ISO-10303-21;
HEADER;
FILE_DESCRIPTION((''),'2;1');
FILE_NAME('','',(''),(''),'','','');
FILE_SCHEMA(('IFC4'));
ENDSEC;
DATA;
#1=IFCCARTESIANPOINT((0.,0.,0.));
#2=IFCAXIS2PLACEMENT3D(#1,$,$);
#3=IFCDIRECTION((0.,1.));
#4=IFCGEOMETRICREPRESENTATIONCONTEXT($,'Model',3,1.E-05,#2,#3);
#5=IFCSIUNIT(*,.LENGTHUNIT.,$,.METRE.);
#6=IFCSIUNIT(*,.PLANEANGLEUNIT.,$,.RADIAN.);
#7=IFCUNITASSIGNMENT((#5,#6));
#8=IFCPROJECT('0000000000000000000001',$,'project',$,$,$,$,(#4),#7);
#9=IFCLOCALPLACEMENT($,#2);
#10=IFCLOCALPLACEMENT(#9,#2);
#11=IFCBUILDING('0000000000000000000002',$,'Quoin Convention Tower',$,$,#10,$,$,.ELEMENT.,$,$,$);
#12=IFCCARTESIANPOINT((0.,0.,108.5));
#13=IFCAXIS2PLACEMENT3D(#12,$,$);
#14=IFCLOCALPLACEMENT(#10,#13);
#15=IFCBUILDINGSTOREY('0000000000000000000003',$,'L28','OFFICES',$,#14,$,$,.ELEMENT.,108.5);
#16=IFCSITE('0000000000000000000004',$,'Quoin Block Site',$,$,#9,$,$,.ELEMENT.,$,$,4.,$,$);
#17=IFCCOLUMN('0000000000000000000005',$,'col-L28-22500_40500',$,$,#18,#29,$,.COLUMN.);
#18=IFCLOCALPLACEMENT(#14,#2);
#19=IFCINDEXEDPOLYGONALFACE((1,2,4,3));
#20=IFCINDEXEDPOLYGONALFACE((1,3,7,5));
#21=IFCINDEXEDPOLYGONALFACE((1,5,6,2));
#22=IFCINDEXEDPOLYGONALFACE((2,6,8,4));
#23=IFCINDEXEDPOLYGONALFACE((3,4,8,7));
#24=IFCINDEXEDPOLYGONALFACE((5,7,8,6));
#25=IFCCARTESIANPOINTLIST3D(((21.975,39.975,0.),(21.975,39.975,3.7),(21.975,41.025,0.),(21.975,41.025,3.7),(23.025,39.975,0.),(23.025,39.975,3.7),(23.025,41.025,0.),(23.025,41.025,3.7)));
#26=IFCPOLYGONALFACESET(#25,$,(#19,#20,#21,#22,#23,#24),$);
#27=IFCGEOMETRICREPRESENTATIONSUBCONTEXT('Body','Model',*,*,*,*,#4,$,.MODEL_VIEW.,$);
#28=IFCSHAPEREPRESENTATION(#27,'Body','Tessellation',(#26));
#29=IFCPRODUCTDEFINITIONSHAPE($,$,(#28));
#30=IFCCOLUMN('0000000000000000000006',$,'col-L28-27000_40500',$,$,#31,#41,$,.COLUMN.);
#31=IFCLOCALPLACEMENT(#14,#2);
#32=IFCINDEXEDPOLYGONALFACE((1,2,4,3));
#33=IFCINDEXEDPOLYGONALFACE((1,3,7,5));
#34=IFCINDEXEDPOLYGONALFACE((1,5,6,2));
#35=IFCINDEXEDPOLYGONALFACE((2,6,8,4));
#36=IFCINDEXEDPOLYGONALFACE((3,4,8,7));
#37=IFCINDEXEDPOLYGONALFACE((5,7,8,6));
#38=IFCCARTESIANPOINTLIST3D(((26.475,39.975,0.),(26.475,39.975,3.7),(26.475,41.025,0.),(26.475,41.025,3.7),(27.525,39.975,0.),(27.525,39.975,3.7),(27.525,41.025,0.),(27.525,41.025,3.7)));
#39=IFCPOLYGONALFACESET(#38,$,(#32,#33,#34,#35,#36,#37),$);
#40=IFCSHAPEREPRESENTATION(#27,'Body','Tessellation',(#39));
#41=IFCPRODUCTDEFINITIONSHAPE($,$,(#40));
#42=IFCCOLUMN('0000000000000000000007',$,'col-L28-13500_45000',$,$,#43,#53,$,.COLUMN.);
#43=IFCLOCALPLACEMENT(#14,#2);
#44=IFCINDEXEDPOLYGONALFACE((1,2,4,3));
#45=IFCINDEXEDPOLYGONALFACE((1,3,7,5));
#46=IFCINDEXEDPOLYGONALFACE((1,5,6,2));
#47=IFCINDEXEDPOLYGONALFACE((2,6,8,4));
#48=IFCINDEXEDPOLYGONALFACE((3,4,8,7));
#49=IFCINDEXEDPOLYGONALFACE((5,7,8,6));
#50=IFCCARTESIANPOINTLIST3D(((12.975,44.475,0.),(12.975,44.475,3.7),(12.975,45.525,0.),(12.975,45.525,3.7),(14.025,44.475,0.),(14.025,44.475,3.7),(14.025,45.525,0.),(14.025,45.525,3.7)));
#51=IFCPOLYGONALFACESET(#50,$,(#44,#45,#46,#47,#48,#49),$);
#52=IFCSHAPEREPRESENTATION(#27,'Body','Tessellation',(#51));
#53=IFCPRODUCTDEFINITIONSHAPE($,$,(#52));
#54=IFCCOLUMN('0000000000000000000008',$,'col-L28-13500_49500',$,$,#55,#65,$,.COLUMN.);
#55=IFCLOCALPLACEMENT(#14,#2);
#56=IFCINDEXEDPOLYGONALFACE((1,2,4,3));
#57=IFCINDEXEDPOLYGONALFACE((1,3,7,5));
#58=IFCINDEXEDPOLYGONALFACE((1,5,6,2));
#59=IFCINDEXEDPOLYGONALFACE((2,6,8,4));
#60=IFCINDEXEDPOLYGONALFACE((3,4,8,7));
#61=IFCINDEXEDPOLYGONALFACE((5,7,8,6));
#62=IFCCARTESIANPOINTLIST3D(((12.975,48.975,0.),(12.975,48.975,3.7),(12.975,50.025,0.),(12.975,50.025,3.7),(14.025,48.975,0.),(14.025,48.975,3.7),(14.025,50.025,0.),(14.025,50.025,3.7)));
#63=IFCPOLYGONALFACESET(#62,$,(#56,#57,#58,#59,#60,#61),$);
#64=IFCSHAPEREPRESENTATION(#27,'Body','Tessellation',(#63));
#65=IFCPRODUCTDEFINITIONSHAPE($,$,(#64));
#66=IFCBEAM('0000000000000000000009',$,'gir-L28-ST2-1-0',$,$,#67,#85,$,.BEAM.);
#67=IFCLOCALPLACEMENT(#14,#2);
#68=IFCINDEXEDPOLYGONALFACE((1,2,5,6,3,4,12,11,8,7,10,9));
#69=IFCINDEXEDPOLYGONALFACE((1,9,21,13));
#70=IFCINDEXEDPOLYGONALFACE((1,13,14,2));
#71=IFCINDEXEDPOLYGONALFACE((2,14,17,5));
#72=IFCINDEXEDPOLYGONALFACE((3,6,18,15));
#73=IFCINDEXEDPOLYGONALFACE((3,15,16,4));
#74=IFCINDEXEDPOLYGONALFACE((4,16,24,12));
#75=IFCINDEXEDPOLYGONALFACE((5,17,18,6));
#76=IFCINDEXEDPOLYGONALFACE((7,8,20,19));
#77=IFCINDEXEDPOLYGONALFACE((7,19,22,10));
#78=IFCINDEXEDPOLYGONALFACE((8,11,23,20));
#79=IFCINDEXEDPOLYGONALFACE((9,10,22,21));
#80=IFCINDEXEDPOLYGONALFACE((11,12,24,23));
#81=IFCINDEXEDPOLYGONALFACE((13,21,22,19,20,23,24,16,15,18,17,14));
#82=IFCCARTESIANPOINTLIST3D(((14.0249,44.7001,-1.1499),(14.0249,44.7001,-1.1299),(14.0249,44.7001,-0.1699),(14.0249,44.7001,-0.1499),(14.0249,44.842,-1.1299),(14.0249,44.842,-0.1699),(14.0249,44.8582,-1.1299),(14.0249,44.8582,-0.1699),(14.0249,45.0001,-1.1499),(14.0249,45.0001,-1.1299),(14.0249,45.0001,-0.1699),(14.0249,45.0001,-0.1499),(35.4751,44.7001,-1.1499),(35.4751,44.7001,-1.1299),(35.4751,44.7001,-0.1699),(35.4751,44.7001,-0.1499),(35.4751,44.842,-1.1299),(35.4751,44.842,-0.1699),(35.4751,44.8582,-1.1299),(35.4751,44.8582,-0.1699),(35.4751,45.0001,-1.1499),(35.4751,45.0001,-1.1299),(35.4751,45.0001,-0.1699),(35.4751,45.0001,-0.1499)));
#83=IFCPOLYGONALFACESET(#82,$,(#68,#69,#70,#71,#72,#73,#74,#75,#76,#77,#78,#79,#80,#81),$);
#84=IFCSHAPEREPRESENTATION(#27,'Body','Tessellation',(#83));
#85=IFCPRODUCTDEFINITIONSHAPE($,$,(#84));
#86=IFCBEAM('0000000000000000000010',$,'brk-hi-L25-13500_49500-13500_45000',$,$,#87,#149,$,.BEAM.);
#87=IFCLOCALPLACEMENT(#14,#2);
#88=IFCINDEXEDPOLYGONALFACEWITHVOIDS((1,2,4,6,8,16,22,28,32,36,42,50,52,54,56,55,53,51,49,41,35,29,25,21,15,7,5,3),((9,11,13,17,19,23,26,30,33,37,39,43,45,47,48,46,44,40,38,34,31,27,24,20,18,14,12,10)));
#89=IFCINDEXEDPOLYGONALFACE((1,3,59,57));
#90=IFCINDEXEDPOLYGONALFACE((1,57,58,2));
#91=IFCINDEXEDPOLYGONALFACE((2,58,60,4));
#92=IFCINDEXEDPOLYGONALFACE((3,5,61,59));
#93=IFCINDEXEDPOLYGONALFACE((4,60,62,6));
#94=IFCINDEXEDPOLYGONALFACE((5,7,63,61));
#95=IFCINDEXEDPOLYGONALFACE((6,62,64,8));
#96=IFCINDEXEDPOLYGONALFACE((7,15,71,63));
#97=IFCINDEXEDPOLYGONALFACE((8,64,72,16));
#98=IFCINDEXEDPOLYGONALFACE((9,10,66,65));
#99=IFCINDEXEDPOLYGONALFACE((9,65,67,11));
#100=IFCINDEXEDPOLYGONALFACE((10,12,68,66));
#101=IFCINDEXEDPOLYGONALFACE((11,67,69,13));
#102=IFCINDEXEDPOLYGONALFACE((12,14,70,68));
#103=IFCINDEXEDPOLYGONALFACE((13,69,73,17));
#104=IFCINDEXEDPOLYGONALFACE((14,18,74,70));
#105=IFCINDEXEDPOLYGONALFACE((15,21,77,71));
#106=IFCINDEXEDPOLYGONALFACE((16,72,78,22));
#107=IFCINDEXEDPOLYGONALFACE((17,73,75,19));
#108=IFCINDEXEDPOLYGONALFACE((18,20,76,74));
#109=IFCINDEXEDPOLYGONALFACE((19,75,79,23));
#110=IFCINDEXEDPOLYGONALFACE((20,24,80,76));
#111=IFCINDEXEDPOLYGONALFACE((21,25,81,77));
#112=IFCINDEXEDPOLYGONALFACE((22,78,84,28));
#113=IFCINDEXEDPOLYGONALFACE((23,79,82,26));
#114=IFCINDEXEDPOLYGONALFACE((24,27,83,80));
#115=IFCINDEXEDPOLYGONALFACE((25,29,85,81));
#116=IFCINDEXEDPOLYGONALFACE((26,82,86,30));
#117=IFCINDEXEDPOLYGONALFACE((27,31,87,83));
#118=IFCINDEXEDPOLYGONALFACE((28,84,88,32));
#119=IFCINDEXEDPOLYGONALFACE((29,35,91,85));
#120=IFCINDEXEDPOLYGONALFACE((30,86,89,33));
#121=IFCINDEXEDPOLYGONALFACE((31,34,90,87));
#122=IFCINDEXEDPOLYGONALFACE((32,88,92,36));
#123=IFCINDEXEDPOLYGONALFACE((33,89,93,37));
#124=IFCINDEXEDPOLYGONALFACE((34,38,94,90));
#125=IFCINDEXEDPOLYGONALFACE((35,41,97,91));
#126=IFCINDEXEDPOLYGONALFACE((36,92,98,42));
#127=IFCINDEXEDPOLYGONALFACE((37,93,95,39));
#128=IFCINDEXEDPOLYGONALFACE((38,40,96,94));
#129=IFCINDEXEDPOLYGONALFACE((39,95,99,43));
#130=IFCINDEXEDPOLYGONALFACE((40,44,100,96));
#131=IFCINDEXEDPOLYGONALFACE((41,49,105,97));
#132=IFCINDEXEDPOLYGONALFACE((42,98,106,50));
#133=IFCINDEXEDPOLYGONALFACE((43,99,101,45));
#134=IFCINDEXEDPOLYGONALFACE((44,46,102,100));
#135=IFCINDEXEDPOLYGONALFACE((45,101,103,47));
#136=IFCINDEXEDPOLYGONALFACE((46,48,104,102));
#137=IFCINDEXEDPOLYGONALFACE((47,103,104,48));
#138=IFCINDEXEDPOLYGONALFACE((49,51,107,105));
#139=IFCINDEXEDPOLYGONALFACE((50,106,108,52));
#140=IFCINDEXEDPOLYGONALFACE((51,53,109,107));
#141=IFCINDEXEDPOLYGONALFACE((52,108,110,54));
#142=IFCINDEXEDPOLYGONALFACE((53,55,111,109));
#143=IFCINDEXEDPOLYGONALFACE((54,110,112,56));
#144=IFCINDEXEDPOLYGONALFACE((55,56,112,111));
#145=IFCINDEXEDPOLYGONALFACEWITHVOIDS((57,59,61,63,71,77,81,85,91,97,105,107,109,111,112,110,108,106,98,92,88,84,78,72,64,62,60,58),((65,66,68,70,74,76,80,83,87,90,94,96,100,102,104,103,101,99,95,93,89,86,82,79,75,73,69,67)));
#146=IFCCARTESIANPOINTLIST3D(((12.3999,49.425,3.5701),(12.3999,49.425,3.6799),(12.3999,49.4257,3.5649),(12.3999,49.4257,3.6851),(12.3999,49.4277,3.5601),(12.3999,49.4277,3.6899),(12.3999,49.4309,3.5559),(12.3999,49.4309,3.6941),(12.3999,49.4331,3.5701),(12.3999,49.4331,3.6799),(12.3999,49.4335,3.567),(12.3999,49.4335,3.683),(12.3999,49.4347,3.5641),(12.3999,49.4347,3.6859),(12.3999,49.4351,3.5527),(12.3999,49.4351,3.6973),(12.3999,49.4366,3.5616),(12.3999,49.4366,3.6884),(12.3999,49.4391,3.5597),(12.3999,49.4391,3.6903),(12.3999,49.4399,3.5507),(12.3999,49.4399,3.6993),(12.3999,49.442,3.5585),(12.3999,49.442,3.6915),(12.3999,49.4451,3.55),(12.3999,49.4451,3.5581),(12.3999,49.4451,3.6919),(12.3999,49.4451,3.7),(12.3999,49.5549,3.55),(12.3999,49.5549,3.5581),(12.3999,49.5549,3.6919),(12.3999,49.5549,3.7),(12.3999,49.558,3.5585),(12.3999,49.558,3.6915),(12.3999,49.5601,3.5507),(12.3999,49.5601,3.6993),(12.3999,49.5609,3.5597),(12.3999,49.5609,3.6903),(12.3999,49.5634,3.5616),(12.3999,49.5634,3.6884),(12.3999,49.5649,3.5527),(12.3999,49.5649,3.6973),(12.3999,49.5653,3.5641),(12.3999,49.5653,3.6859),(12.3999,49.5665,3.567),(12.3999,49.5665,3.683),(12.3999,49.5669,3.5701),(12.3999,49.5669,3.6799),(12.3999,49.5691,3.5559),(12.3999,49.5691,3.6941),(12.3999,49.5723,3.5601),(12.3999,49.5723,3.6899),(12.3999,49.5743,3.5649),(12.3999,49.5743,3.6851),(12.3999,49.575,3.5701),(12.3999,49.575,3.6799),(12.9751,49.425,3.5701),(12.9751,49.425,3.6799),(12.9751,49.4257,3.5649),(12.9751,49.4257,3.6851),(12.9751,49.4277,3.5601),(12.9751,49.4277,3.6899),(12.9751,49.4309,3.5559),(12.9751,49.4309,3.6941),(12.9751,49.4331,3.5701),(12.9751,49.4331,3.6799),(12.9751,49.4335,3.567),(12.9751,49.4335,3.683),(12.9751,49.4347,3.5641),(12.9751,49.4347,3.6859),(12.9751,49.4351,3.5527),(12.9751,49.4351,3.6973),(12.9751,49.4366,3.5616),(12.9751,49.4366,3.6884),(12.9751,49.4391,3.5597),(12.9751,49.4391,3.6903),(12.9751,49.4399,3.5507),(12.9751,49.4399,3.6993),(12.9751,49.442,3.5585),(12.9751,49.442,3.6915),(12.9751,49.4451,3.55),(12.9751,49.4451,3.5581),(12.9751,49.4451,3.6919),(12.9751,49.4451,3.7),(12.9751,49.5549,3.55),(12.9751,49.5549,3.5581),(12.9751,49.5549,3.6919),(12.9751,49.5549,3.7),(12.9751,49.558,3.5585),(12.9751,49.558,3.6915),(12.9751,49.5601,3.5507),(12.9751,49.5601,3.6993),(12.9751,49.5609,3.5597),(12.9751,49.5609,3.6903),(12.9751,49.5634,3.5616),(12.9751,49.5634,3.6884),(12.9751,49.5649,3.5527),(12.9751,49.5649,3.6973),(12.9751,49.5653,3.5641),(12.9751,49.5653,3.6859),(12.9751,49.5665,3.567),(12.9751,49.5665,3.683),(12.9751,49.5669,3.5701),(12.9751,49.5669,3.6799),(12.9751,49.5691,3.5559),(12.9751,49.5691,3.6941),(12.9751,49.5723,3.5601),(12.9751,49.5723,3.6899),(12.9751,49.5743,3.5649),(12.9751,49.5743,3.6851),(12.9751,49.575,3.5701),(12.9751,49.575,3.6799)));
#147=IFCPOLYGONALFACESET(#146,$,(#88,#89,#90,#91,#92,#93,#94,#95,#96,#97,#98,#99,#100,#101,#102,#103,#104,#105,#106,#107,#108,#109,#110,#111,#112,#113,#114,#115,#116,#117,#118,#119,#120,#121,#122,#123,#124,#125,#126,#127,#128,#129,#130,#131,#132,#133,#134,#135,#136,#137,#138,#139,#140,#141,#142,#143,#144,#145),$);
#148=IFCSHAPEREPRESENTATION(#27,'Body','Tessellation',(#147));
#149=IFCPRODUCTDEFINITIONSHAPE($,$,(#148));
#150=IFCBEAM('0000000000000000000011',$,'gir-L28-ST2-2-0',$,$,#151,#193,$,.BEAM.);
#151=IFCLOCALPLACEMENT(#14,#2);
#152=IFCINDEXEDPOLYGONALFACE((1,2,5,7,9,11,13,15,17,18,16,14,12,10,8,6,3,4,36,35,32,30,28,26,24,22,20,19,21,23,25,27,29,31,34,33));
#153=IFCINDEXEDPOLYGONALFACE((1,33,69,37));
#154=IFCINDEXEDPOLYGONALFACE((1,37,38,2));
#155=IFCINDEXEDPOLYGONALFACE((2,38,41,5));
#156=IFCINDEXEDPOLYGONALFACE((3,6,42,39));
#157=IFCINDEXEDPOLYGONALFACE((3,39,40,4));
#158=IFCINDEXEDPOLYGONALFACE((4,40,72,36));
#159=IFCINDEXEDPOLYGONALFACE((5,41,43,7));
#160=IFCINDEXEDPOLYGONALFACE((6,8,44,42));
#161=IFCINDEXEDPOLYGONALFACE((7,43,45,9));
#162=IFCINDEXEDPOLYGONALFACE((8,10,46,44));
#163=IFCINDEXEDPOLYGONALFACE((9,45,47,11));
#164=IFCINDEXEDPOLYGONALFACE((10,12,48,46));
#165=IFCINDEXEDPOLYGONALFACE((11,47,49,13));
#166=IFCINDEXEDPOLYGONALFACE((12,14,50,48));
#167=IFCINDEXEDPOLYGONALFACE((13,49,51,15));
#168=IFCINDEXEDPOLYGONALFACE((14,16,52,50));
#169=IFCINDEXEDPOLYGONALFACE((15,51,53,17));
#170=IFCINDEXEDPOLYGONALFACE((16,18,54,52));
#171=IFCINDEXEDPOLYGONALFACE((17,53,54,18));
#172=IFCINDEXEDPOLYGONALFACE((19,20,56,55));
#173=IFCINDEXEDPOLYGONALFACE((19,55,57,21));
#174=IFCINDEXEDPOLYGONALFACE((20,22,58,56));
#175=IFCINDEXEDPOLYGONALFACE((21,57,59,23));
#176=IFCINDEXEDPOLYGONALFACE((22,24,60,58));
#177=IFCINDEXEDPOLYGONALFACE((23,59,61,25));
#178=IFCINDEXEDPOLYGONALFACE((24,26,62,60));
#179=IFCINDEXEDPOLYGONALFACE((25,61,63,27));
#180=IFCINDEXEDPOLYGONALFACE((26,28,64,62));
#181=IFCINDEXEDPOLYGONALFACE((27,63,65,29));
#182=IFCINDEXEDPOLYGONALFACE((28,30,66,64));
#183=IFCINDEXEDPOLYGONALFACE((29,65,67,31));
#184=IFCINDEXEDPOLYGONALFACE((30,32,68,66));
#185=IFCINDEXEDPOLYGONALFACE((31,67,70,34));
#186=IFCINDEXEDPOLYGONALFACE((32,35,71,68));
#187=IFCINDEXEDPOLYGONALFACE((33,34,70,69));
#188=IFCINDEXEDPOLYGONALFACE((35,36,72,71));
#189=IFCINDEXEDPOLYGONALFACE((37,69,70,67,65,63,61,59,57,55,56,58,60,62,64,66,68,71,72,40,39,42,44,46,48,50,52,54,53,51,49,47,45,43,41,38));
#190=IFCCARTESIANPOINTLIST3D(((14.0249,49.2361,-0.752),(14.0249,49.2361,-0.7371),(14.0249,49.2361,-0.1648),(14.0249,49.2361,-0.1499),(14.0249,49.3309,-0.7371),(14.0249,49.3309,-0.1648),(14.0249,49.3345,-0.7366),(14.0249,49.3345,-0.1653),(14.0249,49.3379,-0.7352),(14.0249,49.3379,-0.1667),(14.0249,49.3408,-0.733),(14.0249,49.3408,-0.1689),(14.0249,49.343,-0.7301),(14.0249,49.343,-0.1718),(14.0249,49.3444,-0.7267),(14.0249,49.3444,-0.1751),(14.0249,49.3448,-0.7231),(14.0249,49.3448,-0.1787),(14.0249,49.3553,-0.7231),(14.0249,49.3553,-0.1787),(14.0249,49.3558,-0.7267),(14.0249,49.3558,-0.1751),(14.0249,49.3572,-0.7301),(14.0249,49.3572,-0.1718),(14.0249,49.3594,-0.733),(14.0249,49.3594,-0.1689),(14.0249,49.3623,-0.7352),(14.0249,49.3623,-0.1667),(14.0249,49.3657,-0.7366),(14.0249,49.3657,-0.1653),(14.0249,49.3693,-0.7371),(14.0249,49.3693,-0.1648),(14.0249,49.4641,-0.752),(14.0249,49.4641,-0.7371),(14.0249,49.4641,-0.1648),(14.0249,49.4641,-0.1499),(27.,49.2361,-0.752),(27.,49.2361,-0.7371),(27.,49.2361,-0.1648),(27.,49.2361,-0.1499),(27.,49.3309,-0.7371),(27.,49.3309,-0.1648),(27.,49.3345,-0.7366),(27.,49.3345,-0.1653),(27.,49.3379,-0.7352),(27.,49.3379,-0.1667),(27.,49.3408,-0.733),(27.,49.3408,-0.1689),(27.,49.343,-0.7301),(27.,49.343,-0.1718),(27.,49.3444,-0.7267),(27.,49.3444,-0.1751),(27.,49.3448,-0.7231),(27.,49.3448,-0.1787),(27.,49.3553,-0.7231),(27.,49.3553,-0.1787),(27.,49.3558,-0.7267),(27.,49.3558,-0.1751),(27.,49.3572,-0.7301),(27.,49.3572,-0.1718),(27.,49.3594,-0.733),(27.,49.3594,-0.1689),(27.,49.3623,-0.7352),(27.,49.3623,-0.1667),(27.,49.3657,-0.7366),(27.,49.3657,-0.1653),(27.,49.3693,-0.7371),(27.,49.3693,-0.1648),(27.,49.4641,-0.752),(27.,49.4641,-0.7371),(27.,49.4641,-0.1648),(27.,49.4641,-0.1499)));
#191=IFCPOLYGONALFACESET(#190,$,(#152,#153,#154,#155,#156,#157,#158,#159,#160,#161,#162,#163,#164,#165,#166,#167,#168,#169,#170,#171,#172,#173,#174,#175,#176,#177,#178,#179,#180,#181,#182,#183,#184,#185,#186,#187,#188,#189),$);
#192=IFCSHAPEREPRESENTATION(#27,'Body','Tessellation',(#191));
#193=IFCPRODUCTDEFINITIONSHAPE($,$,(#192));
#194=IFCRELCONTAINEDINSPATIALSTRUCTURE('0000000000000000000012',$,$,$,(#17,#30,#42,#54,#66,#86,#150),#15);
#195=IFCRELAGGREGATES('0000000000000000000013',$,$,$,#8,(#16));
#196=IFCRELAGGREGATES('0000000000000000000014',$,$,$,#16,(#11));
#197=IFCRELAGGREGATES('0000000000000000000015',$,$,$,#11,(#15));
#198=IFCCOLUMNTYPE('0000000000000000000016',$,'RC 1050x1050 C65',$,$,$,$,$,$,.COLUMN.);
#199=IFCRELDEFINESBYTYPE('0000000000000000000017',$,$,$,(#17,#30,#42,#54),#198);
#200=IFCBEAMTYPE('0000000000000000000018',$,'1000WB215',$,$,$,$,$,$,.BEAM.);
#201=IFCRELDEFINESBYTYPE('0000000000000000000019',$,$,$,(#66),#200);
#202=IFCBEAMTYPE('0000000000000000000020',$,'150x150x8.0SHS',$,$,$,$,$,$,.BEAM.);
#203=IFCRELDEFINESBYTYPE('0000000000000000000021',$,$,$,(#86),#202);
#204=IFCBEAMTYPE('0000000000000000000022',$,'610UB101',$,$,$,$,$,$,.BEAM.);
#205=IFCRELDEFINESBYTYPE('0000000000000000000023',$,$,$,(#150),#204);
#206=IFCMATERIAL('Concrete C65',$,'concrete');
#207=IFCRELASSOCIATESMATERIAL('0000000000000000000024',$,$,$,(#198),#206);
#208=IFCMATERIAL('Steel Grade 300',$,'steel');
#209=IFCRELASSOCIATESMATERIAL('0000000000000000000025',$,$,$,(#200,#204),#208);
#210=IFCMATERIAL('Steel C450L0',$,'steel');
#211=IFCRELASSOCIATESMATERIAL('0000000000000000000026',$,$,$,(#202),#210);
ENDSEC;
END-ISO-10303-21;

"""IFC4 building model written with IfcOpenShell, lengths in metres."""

from ifc_helpers import new_model, si_unit, direction, frame, origin, origin_2d, place, context, subcontext, project, spatial, rectangle, hollow_rectangle, i_section, extrude, material, material_profile, profile_set, type_object, element, save


model = new_model("IFC4")

# Units and contexts
model_context = context("Model", 3, precision=1e-05, world=origin(), true_north=direction((0.0, 1.0)))
body_context = subcontext(model_context, "Body", "Model", "MODEL_VIEW")
ifc_project = project(units=[si_unit("LENGTHUNIT", "METRE"), si_unit("PLANEANGLEUNIT", "RADIAN")], contexts=[model_context])

# Site, building, storey
site_placement = place(None, origin())
site = spatial("IfcSite", under=ifc_project, at=site_placement, Name="Quoin Block Site", CompositionType="ELEMENT", RefElevation=4.0)
building_placement = place(site_placement, origin())
building = spatial("IfcBuilding", under=site, at=building_placement, Name="Quoin Convention Tower", CompositionType="ELEMENT")
storey_placement = place(building_placement, frame((0.0, 0.0, 108.5)))
storey = spatial("IfcBuildingStorey", under=building, at=storey_placement, Name="L28", Description="OFFICES", CompositionType="ELEMENT", Elevation=108.5)

# Columns
ifc_material_1 = material(Name="Concrete C65", Category="concrete")
ifc_material_profile_1 = material_profile(ifc_material_1, rectangle(XDim=1.05, YDim=1.05, at=origin_2d()), Name="RC 1050x1050")
ifc_profile_set_1 = profile_set([ifc_material_profile_1], Name="Concrete C65")
column_type = type_object("IfcColumnType", Name="RC 1050x1050 C65", PredefinedType="COLUMN", material=ifc_profile_set_1)
for number, where, z_axis, x_axis, name in (
    (1, (22.5, 40.5, 0.0), (0.0, 0.0, 1.0), (1.0, 0.0, 0.0), "col-L28-22500_40500"),
    (2, (27.0, 40.5, 0.0), (0.0, 0.0, 1.0), (1.0, 0.0, 0.0), "col-L28-27000_40500"),
    (3, (13.5, 45.0, 0.0), (0.0, 0.0, 1.0), (1.0, 0.0, 0.0), "col-L28-13500_45000"),
    (4, (13.5, 49.5, 0.0), (0.0, 0.0, 1.0), (1.0, 0.0, 0.0), "col-L28-13500_49500"),
):
    element("IfcColumn", number, at=place(storey_placement, frame(where, z_axis=z_axis, x_axis=x_axis)), inside=storey, type_object=column_type, Name=name, PredefinedType="COLUMN", context=body_context, shape_type="SweptSolid", body=[
        extrude(rectangle(XDim=1.05, YDim=1.05, at=origin_2d()), origin(), (0.0, 0.0, 1.0), 3.7),
    ])

# Beams
ifc_material_2 = material(Name="Steel Grade 300", Category="steel")
ifc_material_profile_2 = material_profile(ifc_material_2, i_section(OverallWidth=0.3, OverallDepth=1.0, WebThickness=0.0161, FlangeThickness=0.02, at=origin_2d()), Name="1000WB215")
ifc_profile_set_2 = profile_set([ifc_material_profile_2], Name="Steel Grade 300")
beam_type_1 = type_object("IfcBeamType", Name="1000WB215", PredefinedType="BEAM", material=ifc_profile_set_2)
beam_1_placement = place(storey_placement, frame((14.0249, 44.8501, -0.6499), z_axis=(1.0, 0.0, 0.0), x_axis=(0.0, 1.0, 0.0)))
element("IfcBeam", 5, at=beam_1_placement, inside=storey, type_object=beam_type_1, Name="gir-L28-ST2-1-0", PredefinedType="BEAM", context=body_context, shape_type="SweptSolid", body=[
    extrude(i_section(OverallWidth=0.3, OverallDepth=1.0, WebThickness=0.0161, FlangeThickness=0.02, at=origin_2d()), origin(), (0.0, 0.0, 1.0), 21.4502),
])
ifc_material_3 = material(Name="Steel C450L0", Category="steel")
ifc_material_profile_3 = material_profile(ifc_material_3, hollow_rectangle(XDim=0.1499, YDim=0.1499, WallThickness=0.0081, InnerFilletRadius=0.012, OuterFilletRadius=0.02, at=origin_2d()), Name="150x150x8.0SHS")
ifc_profile_set_3 = profile_set([ifc_material_profile_3], Name="Steel C450L0")
beam_type_2 = type_object("IfcBeamType", Name="150x150x8.0SHS", PredefinedType="BEAM", material=ifc_profile_set_3)
beam_2_placement = place(storey_placement, frame((12.9751, 49.5, 3.625), z_axis=(-1.0, 0.0, 0.0), x_axis=(0.0, -1.0, 0.0)))
element("IfcBeam", 6, at=beam_2_placement, inside=storey, type_object=beam_type_2, Name="brk-hi-L25-13500_49500-13500_45000", PredefinedType="BEAM", context=body_context, shape_type="SweptSolid", body=[
    extrude(hollow_rectangle(XDim=0.1499, YDim=0.1499, WallThickness=0.0081, InnerFilletRadius=0.012, OuterFilletRadius=0.02, at=origin_2d()), origin(), (0.0, 0.0, 1.0), 0.5752),
])
ifc_material_profile_4 = material_profile(ifc_material_2, i_section(OverallWidth=0.228, OverallDepth=0.6021, WebThickness=0.0105, FlangeThickness=0.0149, FilletRadius=0.0139, at=origin_2d()), Name="610UB101")
ifc_profile_set_4 = profile_set([ifc_material_profile_4], Name="Steel Grade 300")
beam_type_3 = type_object("IfcBeamType", Name="610UB101", PredefinedType="BEAM", material=ifc_profile_set_4)
beam_3_placement = place(storey_placement, frame((14.0249, 49.3501, -0.4509), z_axis=(1.0, 0.0, 0.0), x_axis=(0.0, 1.0, 0.0)))
element("IfcBeam", 7, at=beam_3_placement, inside=storey, type_object=beam_type_3, Name="gir-L28-ST2-2-0", PredefinedType="BEAM", context=body_context, shape_type="SweptSolid", body=[
    extrude(i_section(OverallWidth=0.228, OverallDepth=0.6021, WebThickness=0.0105, FlangeThickness=0.0149, FilletRadius=0.0139, at=origin_2d()), origin(), (0.0, 0.0, 1.0), 12.9751),
])

save(model, "model.ifc")
